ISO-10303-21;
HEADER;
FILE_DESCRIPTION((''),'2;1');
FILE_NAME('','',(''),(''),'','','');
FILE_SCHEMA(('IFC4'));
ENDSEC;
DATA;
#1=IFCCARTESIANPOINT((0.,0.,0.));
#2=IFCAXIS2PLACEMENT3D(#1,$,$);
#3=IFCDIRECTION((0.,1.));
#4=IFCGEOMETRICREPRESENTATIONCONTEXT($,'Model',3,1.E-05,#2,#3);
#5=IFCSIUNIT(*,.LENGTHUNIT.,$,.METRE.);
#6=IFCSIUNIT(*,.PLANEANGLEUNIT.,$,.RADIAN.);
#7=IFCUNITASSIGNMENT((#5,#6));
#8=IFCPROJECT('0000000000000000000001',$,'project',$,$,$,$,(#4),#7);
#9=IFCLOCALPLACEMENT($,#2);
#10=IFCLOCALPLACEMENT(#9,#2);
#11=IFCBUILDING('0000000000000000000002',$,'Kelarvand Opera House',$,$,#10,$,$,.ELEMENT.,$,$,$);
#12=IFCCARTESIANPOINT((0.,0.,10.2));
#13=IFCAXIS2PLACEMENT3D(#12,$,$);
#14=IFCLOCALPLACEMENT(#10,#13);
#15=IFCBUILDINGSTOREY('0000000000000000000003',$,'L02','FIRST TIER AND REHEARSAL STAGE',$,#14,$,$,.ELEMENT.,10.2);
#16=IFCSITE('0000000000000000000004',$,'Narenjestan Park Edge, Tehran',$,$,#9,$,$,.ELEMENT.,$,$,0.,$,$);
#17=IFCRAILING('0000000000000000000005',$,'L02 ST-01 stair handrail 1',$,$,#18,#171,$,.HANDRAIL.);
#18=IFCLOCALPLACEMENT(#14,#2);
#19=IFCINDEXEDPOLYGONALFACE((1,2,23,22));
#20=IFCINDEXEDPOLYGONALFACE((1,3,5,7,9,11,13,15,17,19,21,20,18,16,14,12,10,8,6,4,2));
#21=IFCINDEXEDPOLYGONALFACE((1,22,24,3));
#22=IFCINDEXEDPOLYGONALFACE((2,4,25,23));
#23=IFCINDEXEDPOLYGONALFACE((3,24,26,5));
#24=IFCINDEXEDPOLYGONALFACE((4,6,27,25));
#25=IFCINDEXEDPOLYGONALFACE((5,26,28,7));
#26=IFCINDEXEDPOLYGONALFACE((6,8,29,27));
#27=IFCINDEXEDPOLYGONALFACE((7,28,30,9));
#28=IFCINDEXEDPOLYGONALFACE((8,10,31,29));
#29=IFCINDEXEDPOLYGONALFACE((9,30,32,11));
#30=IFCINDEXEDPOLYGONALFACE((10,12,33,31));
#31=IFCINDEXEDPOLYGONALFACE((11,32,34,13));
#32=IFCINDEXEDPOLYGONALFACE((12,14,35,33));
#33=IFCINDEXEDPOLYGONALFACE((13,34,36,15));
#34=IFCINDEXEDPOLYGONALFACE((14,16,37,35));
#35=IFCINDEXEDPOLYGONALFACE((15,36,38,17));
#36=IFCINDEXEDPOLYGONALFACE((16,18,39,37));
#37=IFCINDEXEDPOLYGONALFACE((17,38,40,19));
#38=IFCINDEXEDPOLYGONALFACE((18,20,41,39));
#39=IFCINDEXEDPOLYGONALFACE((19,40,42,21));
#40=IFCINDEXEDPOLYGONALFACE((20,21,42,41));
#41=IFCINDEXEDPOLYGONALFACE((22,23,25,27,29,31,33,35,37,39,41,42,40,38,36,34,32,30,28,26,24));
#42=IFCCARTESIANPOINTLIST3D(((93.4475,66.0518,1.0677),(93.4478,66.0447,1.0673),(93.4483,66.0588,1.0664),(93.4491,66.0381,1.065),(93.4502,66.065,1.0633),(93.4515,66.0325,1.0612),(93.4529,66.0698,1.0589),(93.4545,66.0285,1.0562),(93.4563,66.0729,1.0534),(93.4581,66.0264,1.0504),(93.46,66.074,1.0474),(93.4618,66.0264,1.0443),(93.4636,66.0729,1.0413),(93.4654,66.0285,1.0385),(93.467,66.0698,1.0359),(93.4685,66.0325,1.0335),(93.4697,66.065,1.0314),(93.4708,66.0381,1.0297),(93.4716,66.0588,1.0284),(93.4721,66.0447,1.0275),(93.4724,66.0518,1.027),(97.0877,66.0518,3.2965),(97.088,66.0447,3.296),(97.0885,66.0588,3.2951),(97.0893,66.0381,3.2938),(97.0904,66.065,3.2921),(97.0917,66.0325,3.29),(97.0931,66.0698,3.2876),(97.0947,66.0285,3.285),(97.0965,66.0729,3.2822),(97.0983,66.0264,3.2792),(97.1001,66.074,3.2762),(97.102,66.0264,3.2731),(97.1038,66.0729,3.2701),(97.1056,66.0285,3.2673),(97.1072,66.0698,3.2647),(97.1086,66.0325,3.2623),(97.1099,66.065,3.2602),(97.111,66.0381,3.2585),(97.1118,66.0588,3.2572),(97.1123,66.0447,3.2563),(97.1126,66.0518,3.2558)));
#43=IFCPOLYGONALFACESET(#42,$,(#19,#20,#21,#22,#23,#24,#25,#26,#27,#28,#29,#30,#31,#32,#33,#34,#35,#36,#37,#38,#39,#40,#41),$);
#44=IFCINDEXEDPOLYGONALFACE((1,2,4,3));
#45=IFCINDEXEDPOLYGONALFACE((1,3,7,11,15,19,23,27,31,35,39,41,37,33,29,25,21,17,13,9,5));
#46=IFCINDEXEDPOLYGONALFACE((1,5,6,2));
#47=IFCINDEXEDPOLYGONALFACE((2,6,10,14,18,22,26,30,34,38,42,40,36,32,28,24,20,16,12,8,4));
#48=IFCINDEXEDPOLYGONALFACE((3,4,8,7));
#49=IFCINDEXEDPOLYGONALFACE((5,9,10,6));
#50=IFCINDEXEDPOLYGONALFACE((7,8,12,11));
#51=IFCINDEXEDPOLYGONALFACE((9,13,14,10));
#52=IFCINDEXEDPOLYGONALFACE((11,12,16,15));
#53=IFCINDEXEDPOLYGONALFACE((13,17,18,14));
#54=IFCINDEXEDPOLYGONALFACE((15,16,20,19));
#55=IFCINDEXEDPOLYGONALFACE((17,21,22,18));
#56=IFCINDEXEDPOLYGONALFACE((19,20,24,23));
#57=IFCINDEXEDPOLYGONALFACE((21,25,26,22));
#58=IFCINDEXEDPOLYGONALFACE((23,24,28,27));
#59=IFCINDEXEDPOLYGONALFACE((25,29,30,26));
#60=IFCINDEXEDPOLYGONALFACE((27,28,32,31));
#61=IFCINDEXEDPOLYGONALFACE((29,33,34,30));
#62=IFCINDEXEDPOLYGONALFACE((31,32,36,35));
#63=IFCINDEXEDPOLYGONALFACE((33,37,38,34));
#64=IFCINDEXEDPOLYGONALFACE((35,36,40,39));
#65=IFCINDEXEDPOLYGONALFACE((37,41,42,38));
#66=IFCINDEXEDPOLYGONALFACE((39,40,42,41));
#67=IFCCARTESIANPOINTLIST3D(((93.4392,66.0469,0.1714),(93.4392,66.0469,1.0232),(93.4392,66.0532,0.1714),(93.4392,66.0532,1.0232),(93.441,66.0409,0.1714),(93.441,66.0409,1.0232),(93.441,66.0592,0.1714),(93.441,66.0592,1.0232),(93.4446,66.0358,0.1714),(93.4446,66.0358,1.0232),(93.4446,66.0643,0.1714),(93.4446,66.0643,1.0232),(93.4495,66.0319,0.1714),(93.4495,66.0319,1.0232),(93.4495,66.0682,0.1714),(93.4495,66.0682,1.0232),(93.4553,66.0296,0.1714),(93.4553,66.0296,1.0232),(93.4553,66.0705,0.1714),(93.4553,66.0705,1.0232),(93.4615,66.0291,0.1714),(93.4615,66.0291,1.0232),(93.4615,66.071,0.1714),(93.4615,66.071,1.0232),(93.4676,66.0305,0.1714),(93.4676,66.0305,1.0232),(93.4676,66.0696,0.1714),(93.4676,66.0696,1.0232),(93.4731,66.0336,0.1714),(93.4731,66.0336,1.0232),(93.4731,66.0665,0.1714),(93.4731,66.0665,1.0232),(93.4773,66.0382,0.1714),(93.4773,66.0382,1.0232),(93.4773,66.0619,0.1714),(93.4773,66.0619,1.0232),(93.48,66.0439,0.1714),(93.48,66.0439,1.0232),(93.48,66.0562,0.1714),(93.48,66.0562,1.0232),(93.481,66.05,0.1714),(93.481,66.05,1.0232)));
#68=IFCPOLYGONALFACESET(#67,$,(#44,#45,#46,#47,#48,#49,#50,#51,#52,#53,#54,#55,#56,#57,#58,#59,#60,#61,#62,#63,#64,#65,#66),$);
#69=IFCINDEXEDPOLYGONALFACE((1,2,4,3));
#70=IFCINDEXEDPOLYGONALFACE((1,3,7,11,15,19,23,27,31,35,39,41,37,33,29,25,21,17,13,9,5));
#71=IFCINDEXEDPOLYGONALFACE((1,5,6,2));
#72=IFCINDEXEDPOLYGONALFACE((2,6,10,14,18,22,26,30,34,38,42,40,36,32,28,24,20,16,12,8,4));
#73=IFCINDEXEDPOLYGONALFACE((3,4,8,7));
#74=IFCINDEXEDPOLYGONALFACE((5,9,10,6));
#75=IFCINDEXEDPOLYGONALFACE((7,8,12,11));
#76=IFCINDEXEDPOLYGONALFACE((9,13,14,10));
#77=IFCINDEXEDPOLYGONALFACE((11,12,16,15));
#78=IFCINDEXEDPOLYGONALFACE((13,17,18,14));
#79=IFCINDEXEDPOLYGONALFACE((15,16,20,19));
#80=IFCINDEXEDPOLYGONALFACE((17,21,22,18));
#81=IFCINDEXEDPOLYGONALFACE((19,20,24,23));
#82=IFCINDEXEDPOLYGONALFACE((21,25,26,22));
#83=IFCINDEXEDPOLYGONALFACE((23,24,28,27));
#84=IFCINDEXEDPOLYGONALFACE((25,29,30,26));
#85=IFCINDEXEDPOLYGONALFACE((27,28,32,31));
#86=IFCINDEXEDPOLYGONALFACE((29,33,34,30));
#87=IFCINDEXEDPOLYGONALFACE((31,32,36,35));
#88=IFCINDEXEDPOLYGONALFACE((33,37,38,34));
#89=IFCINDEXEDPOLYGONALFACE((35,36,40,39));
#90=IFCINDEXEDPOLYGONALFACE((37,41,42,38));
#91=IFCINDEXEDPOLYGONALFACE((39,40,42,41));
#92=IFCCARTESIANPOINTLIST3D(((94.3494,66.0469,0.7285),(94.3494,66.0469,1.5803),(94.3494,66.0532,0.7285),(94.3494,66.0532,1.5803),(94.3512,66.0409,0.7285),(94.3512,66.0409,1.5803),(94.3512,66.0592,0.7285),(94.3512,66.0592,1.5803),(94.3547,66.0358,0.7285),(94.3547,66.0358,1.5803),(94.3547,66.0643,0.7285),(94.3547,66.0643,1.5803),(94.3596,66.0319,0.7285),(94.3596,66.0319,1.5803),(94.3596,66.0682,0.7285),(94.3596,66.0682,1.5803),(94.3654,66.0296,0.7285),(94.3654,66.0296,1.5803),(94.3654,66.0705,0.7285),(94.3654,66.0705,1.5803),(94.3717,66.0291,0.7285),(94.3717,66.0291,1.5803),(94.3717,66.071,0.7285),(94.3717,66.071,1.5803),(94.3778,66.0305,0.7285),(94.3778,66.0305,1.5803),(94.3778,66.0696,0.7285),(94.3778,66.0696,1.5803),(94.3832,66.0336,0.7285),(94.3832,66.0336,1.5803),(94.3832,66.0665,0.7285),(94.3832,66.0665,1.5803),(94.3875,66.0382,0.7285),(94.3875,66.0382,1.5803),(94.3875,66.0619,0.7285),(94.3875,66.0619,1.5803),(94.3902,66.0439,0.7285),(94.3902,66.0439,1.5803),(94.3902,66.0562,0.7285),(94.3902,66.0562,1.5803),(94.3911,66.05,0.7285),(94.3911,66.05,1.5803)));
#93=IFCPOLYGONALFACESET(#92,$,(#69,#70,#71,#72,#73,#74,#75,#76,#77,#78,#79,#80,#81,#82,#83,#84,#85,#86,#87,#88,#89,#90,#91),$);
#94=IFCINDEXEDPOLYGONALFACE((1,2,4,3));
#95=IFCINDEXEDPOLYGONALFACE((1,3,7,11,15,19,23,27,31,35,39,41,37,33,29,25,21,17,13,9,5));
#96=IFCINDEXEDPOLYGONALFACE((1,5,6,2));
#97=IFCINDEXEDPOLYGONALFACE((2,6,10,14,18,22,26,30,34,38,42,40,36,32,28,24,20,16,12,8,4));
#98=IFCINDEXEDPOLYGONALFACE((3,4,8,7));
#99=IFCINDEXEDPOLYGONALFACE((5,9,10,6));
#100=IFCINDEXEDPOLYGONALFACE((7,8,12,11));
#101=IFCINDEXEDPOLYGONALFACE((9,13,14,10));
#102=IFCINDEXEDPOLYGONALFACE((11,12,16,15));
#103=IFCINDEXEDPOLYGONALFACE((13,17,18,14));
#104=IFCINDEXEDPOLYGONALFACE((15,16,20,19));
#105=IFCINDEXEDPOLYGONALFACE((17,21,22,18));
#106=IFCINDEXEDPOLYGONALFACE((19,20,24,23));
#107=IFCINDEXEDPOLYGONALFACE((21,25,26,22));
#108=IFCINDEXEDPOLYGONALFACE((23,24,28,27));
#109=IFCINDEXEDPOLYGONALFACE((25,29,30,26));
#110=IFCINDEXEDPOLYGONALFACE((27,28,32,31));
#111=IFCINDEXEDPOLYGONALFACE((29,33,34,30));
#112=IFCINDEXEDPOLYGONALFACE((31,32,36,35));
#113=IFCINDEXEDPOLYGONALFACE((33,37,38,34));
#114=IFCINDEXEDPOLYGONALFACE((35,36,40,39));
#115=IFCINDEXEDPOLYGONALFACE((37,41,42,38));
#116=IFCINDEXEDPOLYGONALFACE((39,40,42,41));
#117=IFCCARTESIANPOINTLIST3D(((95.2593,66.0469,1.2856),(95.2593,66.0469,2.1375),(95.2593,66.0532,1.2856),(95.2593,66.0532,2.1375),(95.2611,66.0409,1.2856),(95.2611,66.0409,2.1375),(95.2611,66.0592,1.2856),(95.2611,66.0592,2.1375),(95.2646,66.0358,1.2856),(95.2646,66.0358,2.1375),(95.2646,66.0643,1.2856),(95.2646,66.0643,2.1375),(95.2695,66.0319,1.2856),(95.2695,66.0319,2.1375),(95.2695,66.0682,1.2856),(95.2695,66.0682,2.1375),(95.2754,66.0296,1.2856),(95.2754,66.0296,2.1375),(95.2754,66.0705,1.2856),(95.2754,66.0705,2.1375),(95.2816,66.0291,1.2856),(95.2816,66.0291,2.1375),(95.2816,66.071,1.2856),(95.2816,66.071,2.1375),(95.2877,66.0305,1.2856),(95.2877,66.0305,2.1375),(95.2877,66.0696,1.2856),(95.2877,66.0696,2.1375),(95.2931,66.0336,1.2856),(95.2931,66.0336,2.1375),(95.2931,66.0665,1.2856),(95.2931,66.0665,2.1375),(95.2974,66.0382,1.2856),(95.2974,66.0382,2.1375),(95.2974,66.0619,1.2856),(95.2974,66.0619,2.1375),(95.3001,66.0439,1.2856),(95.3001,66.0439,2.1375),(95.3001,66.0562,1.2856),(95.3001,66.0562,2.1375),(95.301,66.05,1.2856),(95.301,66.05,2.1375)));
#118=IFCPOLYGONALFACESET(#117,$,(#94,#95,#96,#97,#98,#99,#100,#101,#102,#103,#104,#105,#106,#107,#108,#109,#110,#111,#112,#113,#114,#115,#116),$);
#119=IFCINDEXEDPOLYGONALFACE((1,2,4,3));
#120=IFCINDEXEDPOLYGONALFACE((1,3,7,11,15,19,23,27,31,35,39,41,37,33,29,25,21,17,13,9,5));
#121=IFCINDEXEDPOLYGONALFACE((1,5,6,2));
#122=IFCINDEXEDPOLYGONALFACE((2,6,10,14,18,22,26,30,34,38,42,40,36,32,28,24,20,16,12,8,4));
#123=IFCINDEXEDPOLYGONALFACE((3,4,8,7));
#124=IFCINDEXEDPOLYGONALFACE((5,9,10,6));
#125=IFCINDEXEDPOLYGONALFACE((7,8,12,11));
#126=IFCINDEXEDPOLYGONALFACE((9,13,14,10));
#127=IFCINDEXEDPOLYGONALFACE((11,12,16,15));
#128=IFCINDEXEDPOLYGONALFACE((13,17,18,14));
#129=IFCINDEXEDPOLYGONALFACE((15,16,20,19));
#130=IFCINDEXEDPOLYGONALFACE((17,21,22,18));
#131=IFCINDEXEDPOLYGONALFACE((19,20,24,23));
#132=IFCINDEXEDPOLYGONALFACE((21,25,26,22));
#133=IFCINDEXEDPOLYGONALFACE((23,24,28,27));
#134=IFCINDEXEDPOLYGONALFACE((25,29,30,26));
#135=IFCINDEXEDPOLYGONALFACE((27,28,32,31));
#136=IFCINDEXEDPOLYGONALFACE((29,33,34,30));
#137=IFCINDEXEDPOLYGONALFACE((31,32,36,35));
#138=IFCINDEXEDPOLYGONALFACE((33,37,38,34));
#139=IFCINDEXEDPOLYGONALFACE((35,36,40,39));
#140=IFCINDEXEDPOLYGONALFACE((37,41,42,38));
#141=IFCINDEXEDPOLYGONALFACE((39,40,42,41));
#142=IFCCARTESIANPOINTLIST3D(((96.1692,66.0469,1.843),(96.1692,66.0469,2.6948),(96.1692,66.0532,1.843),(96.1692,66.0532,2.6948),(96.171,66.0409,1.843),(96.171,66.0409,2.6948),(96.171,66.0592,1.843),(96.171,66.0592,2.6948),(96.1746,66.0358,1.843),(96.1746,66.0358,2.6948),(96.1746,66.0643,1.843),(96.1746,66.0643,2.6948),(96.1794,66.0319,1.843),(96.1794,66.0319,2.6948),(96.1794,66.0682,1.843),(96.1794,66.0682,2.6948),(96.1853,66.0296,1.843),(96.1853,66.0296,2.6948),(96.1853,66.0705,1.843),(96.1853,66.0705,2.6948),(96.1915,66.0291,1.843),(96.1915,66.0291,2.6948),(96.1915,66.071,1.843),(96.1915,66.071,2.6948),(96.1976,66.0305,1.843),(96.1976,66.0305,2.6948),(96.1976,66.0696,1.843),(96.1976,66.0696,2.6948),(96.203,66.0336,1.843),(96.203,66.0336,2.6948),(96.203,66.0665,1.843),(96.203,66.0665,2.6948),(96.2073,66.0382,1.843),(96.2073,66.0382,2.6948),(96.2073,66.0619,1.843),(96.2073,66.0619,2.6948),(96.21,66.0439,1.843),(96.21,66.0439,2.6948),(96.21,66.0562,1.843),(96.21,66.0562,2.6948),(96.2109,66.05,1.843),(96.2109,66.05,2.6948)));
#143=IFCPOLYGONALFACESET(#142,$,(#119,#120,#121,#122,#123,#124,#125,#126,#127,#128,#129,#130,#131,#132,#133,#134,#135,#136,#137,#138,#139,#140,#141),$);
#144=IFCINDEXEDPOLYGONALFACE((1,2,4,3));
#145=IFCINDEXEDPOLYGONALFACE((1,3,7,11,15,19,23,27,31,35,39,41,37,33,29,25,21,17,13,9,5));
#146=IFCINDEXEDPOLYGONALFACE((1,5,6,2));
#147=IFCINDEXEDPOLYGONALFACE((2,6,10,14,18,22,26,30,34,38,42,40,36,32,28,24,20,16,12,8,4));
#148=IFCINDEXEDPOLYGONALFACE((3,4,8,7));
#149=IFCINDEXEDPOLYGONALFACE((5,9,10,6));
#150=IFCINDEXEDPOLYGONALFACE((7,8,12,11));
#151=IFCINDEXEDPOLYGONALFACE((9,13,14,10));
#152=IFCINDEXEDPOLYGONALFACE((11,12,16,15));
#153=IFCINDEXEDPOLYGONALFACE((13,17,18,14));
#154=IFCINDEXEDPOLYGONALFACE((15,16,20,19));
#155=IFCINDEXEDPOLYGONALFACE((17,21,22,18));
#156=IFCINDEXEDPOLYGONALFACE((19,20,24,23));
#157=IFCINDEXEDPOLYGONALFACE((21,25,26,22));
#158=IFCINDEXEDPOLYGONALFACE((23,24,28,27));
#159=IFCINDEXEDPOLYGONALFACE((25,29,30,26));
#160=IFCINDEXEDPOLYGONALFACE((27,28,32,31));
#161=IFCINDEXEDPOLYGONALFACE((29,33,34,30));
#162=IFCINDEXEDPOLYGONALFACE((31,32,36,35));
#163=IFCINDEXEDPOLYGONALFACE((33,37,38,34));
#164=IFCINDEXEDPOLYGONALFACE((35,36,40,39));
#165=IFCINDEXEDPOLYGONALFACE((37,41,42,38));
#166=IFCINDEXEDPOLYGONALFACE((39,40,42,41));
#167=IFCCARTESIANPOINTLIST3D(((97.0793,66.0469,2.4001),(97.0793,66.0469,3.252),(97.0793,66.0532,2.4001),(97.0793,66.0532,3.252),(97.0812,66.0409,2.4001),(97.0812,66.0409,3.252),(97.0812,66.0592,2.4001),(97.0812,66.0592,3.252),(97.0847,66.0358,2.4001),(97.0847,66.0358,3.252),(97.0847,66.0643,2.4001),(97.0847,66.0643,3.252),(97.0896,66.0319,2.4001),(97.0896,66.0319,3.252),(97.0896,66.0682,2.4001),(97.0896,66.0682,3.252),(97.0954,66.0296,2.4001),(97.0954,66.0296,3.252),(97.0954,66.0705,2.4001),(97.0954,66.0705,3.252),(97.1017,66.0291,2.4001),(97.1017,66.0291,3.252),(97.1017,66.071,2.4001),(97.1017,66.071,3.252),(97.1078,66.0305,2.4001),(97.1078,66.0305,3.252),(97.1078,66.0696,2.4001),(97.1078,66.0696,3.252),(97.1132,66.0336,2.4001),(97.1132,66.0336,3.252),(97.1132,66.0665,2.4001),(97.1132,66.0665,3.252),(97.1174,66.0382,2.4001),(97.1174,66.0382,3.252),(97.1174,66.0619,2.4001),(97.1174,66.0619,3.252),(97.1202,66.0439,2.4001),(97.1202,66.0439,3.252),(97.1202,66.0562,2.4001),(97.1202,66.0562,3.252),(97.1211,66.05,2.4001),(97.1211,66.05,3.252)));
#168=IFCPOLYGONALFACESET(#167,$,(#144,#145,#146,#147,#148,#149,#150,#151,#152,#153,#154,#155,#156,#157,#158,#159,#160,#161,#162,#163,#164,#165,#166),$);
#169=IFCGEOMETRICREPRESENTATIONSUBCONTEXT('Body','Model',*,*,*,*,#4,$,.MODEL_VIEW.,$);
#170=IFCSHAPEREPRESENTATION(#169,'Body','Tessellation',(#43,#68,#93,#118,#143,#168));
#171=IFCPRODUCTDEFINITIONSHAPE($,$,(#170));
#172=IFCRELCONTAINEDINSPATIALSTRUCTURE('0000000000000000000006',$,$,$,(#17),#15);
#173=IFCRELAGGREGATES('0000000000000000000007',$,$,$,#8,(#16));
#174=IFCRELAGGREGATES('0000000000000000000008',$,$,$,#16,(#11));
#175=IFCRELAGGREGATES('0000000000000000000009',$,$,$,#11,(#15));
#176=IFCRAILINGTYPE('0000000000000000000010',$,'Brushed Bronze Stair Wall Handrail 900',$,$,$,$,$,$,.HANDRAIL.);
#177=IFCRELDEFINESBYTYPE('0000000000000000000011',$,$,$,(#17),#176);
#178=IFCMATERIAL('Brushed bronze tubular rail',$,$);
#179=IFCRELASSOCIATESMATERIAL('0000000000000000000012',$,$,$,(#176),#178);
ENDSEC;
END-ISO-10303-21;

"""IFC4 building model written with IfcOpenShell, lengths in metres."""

from ifc_helpers import new_model, si_unit, direction, frame, origin, origin_2d, place, context, subcontext, project, spatial, circle, extrude, material, type_object, element, save


model = new_model("IFC4")

# Units and contexts
model_context = context("Model", 3, precision=1e-05, world=origin(), true_north=direction((0.0, 1.0)))
body_context = subcontext(model_context, "Body", "Model", "MODEL_VIEW")
ifc_project = project(units=[si_unit("LENGTHUNIT", "METRE"), si_unit("PLANEANGLEUNIT", "RADIAN")], contexts=[model_context])

# Site, building, storey
site_placement = place(None, origin())
site = spatial("IfcSite", under=ifc_project, at=site_placement, Name="Narenjestan Park Edge, Tehran", CompositionType="ELEMENT", RefElevation=0.0)
building_placement = place(site_placement, origin())
building = spatial("IfcBuilding", under=site, at=building_placement, Name="Kelarvand Opera House", CompositionType="ELEMENT")
storey_placement = place(building_placement, frame((0.0, 0.0, 10.2)))
storey = spatial("IfcBuildingStorey", under=building, at=storey_placement, Name="L02", Description="FIRST TIER AND REHEARSAL STAGE", CompositionType="ELEMENT", Elevation=10.2)

# Railing
ifc_material_1 = material(Name="Brushed bronze tubular rail")
railing_type_1 = type_object("IfcRailingType", Name="Brushed Bronze Stair Wall Handrail 900", PredefinedType="HANDRAIL", material=ifc_material_1)
for number, where, name in (
    (1, (93.46, 66.05, 0.1714), "L02 ST-01 stair handrail 1"),
):
    element("IfcRailing", number, at=place(storey_placement, frame(where)), inside=storey, type_object=railing_type_1, Name=name, PredefinedType="HANDRAIL", context=body_context, shape_type="SweptSolid", body=[
        extrude(circle(Radius=0.0239, at=origin_2d()), frame((0.0, 0.0, 0.876), z_axis=(0.85284, 0.0, 0.522172), x_axis=(0.0, 1.0, 0.0)), (0.0, 0.0, 1.0), 4.2683),
        extrude(circle(Radius=0.021, at=origin_2d()), origin(), (0.0, 0.0, 1.0), 0.8518),
        extrude(circle(Radius=0.021, at=origin_2d()), frame((0.9102, 0.0, 0.5571)), (0.0, 0.0, 1.0), 0.8518),
        extrude(circle(Radius=0.021, at=origin_2d()), frame((1.8201, 0.0, 1.1143)), (0.0, 0.0, 1.0), 0.8518),
        extrude(circle(Radius=0.021, at=origin_2d()), frame((2.73, 0.0, 1.6716)), (0.0, 0.0, 1.0), 0.8518),
        extrude(circle(Radius=0.021, at=origin_2d()), frame((3.6401, 0.0, 2.2288)), (0.0, 0.0, 1.0), 0.8518),
    ])

save(model, "model.ifc")
